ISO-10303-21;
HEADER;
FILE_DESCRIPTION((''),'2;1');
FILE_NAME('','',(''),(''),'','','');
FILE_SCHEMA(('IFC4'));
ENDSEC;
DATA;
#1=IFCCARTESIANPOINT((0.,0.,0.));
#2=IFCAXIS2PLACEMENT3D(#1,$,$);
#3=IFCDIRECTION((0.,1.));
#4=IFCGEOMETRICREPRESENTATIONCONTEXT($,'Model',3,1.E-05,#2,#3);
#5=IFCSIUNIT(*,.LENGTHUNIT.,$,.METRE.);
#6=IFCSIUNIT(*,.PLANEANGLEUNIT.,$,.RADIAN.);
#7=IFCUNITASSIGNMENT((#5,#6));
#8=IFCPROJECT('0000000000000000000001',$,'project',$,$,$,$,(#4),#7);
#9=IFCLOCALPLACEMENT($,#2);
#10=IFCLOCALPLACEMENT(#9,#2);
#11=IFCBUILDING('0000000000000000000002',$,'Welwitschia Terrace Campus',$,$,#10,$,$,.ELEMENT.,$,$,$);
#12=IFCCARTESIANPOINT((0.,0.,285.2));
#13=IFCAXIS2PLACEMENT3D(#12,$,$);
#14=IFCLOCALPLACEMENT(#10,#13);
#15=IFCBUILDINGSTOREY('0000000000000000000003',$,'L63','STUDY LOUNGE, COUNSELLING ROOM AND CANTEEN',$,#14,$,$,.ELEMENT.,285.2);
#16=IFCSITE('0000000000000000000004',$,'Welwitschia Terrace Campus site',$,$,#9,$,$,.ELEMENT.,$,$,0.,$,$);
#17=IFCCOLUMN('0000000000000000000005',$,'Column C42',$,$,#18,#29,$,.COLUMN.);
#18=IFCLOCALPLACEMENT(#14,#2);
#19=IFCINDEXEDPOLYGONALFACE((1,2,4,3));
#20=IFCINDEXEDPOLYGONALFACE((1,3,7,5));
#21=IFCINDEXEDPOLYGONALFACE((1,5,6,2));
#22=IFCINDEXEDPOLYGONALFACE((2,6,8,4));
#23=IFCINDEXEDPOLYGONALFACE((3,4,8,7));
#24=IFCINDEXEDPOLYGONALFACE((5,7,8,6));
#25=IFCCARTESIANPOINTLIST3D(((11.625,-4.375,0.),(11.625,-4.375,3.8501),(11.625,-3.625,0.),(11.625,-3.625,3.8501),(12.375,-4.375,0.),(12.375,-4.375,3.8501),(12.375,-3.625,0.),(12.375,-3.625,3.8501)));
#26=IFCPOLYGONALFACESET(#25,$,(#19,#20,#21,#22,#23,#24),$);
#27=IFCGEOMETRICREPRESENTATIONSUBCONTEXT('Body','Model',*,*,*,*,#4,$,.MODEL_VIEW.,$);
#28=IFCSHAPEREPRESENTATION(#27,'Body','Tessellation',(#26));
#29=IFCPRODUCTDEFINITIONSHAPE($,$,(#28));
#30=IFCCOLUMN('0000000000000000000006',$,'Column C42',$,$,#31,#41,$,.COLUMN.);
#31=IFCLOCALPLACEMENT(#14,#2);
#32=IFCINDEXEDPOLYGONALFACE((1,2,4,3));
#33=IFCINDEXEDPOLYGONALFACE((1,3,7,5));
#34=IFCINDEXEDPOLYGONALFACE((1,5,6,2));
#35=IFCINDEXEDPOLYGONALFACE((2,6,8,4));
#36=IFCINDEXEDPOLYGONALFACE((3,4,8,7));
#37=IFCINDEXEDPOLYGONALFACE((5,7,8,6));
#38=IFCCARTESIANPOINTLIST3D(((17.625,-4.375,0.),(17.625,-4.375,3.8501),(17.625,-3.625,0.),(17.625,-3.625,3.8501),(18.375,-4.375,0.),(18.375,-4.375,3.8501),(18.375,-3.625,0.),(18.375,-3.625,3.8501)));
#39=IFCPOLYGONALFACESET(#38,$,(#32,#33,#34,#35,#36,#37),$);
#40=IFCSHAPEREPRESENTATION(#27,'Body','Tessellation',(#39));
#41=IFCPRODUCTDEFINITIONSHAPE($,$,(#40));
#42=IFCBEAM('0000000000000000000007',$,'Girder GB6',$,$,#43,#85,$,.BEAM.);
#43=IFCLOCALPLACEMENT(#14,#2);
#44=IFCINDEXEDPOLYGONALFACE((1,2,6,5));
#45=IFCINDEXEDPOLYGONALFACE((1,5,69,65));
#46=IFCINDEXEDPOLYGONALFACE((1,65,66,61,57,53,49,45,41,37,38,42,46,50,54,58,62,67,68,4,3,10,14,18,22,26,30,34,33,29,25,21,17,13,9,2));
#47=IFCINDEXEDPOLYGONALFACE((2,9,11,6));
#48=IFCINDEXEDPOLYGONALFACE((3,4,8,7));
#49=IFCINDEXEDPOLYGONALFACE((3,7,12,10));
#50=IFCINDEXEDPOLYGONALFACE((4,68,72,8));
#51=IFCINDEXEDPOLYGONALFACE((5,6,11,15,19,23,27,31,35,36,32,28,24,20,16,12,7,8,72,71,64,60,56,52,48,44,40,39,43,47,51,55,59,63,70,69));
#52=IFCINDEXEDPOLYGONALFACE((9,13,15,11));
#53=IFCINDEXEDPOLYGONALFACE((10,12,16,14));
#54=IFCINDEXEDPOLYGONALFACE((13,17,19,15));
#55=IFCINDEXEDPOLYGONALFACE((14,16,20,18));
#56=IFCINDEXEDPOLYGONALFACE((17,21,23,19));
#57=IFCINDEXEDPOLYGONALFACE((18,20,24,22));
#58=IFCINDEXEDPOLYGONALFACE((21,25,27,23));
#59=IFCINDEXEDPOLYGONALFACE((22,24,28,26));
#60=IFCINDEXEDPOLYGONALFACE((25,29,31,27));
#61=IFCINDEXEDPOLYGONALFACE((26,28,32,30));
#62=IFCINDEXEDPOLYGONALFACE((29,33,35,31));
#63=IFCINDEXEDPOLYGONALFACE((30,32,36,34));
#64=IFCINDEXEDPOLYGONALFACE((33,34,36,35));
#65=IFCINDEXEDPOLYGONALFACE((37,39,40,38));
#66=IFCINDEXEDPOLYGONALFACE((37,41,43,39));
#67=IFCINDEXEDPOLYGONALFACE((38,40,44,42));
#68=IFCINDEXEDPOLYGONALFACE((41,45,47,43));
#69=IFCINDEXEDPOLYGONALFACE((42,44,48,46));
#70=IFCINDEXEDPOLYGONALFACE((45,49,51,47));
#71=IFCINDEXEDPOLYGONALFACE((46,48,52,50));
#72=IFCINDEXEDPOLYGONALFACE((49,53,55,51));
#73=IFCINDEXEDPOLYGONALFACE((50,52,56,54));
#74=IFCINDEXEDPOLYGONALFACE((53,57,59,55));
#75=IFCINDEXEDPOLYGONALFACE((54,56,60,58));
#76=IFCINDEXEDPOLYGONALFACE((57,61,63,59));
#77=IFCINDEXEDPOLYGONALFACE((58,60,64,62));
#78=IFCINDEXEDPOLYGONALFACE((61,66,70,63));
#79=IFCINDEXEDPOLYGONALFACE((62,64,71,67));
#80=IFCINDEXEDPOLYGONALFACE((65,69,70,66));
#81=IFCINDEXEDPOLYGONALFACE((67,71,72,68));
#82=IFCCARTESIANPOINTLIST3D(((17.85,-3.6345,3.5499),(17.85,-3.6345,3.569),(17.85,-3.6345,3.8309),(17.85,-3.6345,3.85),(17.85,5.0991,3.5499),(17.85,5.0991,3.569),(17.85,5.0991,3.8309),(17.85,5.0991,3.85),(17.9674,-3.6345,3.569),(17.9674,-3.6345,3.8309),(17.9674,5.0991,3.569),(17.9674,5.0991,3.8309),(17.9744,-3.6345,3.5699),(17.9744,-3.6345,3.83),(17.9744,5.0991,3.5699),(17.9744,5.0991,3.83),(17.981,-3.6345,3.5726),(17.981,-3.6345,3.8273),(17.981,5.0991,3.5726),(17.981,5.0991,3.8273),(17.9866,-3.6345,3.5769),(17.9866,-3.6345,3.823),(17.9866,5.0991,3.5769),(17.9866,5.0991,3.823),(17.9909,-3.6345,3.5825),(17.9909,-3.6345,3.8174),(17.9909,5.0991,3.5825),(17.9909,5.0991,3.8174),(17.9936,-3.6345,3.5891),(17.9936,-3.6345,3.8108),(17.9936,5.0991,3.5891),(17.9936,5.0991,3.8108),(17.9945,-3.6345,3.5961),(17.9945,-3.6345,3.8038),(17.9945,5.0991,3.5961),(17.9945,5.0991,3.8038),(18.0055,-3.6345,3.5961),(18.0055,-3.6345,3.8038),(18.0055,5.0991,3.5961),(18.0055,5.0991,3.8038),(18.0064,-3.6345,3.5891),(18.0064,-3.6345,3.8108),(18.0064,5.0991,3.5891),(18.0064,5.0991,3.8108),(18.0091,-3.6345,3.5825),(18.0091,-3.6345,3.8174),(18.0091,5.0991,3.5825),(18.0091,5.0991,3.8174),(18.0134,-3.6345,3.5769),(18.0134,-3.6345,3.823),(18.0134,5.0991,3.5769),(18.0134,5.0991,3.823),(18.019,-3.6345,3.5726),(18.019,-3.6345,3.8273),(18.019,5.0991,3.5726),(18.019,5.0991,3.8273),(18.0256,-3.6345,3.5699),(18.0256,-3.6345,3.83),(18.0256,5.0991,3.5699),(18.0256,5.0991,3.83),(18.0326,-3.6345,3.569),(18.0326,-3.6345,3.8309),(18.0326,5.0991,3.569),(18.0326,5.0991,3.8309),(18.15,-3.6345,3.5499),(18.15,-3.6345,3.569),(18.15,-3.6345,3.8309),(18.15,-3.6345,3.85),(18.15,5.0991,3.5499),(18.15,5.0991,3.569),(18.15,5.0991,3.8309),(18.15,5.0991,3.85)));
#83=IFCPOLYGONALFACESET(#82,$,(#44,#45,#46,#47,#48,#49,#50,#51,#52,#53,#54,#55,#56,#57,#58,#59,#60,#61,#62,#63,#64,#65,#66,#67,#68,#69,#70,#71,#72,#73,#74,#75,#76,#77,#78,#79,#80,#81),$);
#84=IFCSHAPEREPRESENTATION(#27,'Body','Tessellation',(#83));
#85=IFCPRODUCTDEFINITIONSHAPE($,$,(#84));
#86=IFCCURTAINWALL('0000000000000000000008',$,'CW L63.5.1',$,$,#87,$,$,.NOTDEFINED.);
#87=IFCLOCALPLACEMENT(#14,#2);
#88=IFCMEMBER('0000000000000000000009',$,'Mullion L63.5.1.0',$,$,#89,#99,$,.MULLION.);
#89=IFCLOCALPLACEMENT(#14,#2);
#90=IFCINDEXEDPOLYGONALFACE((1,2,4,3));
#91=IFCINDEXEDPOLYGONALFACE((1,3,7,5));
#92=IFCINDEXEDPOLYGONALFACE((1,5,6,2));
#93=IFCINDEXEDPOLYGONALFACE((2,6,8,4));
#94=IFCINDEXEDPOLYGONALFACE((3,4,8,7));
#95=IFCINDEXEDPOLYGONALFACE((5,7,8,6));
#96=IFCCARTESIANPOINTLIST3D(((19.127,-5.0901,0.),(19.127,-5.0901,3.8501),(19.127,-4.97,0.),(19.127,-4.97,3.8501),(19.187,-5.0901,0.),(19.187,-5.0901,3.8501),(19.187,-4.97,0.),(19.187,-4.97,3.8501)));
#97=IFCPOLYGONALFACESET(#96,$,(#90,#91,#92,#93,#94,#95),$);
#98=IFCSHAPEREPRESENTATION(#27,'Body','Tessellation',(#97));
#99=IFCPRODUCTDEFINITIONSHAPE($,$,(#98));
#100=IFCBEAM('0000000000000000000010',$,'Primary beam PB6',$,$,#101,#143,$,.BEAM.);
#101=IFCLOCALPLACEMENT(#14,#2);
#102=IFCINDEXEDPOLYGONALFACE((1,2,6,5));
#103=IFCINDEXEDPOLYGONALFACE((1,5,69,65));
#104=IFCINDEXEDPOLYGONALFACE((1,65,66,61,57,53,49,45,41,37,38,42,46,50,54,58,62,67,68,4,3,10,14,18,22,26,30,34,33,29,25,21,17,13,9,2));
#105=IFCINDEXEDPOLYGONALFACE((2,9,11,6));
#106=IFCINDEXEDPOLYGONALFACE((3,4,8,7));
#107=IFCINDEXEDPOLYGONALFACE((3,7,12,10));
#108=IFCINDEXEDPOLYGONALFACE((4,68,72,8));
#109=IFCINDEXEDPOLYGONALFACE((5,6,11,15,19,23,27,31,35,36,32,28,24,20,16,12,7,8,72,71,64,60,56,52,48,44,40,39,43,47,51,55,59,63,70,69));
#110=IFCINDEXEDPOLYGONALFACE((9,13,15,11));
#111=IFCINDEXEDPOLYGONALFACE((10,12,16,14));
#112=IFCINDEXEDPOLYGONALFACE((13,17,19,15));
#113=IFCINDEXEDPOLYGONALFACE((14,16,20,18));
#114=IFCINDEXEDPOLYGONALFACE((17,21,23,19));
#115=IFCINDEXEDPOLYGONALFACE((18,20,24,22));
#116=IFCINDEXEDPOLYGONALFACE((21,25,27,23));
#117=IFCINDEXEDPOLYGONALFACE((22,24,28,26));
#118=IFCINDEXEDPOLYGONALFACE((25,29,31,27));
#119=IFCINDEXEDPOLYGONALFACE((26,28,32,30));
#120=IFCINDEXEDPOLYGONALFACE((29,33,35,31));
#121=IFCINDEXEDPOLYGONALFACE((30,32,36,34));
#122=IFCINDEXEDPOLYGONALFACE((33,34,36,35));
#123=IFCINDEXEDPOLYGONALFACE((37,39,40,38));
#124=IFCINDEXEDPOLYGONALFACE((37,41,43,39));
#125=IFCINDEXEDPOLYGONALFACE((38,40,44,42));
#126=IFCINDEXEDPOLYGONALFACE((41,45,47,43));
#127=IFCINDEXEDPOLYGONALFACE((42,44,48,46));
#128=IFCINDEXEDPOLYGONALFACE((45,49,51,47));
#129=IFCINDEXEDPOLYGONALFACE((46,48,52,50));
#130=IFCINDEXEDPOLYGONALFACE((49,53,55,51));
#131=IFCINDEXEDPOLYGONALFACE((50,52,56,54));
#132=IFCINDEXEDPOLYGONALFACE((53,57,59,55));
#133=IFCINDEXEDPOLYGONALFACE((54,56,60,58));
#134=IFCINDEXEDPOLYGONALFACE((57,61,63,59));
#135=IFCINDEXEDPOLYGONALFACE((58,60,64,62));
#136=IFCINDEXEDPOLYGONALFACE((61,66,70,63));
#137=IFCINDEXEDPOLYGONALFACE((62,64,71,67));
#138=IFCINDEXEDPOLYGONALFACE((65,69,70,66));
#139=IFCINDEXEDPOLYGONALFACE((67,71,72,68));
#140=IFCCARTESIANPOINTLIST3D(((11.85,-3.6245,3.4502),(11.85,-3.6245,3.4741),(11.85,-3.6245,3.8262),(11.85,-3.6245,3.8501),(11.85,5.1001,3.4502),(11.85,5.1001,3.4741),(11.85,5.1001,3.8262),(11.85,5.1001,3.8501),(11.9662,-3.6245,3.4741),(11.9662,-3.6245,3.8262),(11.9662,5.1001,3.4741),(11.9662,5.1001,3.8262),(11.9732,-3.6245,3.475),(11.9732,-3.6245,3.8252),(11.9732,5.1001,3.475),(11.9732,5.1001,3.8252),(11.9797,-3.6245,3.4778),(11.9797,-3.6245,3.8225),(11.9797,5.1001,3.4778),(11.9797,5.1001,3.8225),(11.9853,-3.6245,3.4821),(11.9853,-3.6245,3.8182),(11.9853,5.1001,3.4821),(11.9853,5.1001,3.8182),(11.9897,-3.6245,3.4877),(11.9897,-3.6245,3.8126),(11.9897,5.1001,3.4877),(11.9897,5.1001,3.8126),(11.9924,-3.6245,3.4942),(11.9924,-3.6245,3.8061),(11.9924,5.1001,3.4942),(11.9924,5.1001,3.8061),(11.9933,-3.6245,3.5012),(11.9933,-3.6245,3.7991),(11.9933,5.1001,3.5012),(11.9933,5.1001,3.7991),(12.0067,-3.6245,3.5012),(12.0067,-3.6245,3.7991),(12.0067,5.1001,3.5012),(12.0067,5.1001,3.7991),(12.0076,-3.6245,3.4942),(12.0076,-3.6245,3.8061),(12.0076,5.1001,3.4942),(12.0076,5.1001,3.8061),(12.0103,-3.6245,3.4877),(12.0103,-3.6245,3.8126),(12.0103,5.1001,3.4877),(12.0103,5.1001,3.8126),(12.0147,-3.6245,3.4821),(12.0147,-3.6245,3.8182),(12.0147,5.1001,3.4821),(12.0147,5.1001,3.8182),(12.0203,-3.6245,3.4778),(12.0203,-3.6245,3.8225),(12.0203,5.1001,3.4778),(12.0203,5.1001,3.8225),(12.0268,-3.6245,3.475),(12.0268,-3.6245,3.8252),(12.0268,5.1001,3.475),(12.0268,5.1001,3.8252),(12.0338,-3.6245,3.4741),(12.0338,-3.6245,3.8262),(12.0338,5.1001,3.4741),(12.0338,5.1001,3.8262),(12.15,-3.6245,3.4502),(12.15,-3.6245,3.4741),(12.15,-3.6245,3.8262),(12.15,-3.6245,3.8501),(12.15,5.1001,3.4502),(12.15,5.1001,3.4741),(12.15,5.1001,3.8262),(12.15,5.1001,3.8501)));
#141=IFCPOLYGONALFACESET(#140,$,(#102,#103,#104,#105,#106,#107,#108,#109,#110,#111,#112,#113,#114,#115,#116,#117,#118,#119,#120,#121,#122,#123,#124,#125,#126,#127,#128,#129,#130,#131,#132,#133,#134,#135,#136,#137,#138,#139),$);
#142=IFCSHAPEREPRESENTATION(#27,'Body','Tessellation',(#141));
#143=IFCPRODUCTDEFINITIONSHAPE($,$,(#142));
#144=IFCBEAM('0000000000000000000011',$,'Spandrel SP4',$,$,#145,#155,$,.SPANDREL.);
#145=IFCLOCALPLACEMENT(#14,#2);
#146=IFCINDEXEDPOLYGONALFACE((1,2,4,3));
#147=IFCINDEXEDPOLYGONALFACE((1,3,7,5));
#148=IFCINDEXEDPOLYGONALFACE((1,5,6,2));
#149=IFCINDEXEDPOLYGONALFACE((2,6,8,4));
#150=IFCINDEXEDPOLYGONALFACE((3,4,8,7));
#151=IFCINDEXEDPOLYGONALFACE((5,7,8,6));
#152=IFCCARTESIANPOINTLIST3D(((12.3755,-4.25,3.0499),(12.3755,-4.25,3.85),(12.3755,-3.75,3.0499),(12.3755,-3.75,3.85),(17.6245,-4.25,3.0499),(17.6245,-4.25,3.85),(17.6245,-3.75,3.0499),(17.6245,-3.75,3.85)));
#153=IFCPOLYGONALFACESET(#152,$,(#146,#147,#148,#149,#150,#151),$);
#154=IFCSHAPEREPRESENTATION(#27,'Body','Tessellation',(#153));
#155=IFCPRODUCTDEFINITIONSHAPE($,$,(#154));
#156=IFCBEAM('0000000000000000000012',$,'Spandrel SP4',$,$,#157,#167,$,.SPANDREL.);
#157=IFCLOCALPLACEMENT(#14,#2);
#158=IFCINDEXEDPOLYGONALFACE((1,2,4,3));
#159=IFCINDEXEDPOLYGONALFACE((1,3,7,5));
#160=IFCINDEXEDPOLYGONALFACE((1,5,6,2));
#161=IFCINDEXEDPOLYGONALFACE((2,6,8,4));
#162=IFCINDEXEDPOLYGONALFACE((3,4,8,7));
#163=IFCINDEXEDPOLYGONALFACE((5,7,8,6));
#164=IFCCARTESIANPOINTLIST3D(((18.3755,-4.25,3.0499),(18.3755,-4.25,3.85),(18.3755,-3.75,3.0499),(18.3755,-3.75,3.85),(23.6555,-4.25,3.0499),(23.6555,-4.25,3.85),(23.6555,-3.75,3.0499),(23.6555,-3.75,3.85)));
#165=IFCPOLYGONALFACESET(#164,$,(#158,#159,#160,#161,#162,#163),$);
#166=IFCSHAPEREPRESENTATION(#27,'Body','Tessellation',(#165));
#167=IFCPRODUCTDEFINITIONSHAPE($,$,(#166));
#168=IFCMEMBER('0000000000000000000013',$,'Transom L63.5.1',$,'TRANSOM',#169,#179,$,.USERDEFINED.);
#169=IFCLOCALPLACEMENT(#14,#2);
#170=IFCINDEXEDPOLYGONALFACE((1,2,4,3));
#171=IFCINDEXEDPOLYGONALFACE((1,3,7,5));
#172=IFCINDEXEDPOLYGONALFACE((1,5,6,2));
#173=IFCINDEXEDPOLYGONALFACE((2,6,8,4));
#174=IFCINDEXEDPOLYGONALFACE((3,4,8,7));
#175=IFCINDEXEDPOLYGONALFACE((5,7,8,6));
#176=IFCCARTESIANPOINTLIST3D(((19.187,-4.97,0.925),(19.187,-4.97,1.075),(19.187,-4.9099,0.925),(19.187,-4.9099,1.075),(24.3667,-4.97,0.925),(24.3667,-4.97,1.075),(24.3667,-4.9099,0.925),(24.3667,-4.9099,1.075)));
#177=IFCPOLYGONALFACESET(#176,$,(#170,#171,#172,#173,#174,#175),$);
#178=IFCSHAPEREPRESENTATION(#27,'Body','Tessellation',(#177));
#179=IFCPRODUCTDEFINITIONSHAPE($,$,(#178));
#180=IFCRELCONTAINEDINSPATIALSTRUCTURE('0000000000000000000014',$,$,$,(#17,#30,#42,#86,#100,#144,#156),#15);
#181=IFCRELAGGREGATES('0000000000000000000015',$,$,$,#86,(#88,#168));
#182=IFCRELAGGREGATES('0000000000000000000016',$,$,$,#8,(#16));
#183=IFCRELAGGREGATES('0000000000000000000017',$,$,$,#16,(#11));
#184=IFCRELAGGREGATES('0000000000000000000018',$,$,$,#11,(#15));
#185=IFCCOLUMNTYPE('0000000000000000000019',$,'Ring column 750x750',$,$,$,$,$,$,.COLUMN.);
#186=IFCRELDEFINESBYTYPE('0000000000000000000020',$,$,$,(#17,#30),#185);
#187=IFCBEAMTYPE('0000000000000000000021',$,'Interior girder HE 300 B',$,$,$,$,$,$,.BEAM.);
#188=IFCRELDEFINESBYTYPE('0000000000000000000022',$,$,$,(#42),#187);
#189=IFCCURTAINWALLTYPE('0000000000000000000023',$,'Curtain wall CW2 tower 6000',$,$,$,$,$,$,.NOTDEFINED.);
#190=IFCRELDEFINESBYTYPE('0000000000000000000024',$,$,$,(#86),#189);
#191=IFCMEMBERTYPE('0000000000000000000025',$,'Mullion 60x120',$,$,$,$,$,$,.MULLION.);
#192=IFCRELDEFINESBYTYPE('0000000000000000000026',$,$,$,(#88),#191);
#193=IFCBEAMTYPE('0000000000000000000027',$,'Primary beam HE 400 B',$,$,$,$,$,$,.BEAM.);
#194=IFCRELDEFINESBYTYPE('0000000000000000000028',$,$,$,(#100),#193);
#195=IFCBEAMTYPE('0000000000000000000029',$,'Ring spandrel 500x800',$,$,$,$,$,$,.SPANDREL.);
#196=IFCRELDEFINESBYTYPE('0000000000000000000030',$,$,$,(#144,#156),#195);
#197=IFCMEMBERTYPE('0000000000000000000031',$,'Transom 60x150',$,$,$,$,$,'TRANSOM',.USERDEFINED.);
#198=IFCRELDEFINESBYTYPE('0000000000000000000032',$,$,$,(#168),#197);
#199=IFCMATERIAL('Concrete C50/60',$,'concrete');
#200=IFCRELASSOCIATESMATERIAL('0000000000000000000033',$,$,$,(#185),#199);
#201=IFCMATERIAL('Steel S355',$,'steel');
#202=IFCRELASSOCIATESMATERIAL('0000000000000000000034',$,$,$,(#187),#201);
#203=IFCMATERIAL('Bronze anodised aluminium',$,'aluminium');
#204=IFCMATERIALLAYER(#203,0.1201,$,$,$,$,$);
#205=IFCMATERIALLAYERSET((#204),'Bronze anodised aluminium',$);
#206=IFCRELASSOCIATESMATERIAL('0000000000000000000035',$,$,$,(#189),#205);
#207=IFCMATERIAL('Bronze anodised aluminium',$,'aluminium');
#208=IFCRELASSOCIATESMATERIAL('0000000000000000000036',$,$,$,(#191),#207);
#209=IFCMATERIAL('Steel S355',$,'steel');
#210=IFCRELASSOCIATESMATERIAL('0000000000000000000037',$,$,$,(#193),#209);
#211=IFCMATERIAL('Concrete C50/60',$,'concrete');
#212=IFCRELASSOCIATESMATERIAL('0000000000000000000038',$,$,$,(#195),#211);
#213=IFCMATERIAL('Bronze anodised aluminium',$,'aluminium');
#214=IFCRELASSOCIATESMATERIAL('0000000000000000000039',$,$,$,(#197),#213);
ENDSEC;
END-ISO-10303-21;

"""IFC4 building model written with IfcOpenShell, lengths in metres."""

from ifc_helpers import new_model, si_unit, direction, frame, origin, origin_2d, place, context, subcontext, project, spatial, rectangle, i_section, extrude, material, layer, layer_set, material_profile, profile_set, type_object, element, aggregate, save


model = new_model("IFC4")

# Units and contexts
model_context = context("Model", 3, precision=1e-05, world=origin(), true_north=direction((0.0, 1.0)))
body_context = subcontext(model_context, "Body", "Model", "MODEL_VIEW")
ifc_project = project(units=[si_unit("LENGTHUNIT", "METRE"), si_unit("PLANEANGLEUNIT", "RADIAN")], contexts=[model_context])

# Site, building, storey
site_placement = place(None, origin())
site = spatial("IfcSite", under=ifc_project, at=site_placement, Name="Welwitschia Terrace Campus site", CompositionType="ELEMENT", RefElevation=0.0)
building_placement = place(site_placement, origin())
building = spatial("IfcBuilding", under=site, at=building_placement, Name="Welwitschia Terrace Campus", CompositionType="ELEMENT")
storey_placement = place(building_placement, frame((0.0, 0.0, 285.2)))
storey = spatial("IfcBuildingStorey", under=building, at=storey_placement, Name="L63", Description="STUDY LOUNGE, COUNSELLING ROOM AND CANTEEN", CompositionType="ELEMENT", Elevation=285.2)

# Columns
ifc_material_1 = material(Name="Concrete C50/60", Category="concrete")
ifc_material_profile_1 = material_profile(ifc_material_1, rectangle(XDim=0.75, YDim=0.75, at=origin_2d()))
ifc_profile_set_1 = profile_set([ifc_material_profile_1], Name="Concrete C50/60")
column_type = type_object("IfcColumnType", Name="Ring column 750x750", PredefinedType="COLUMN", material=ifc_profile_set_1)
for number, where, z_axis, x_axis, name in (
    (1, (12.0, -4.0, 0.0), (0.0, 0.0, 1.0), (1.0, 0.0, 0.0), "Column C42"),
    (2, (18.0, -4.0, 0.0), (0.0, 0.0, 1.0), (1.0, 0.0, 0.0), "Column C42"),
):
    element("IfcColumn", number, at=place(storey_placement, frame(where, z_axis=z_axis, x_axis=x_axis)), inside=storey, type_object=column_type, Name=name, PredefinedType="COLUMN", context=body_context, shape_type="SweptSolid", body=[
        extrude(rectangle(XDim=0.75, YDim=0.75, at=origin_2d()), origin(), (0.0, 0.0, 1.0), 3.8501),
    ])

# Beam
ifc_material_2 = material(Name="Steel S355", Category="steel")
ifc_material_profile_2 = material_profile(ifc_material_2, i_section(OverallWidth=0.3, OverallDepth=0.3, WebThickness=0.011, FlangeThickness=0.019, FilletRadius=0.0271, at=origin_2d()))
ifc_profile_set_2 = profile_set([ifc_material_profile_2], Name="Steel S355")
beam_type_1 = type_object("IfcBeamType", Name="Interior girder HE 300 B", PredefinedType="BEAM", material=ifc_profile_set_2)
beam_1_placement = place(storey_placement, frame((18.0, -3.6345, 3.7), z_axis=(0.0, 1.0, 0.0), x_axis=(-1.0, 0.0, 0.0)))
element("IfcBeam", 3, at=beam_1_placement, inside=storey, type_object=beam_type_1, Name="Girder GB6", PredefinedType="BEAM", context=body_context, shape_type="SweptSolid", body=[
    extrude(i_section(OverallWidth=0.3, OverallDepth=0.3, WebThickness=0.011, FlangeThickness=0.019, FilletRadius=0.0271, at=origin_2d()), origin(), (0.0, 0.0, 1.0), 8.7336),
])

# Curtain wall, member
ifc_material_3 = material(Name="Bronze anodised aluminium", Category="aluminium")
ifc_layer_1 = layer(ifc_material_3, 0.1201)
ifc_layer_set_1 = layer_set([ifc_layer_1], Name="Bronze anodised aluminium")
curtain_wall_type = type_object("IfcCurtainWallType", Name="Curtain wall CW2 tower 6000", PredefinedType="NOTDEFINED", material=ifc_layer_set_1)
curtain_wall_placement = place(storey_placement, origin())
curtain_wall = element("IfcCurtainWall", 4, at=curtain_wall_placement, inside=storey, type_object=curtain_wall_type, Name="CW L63.5.1", PredefinedType="NOTDEFINED")
ifc_material_4 = material(Name="Bronze anodised aluminium", Category="aluminium")
ifc_material_profile_3 = material_profile(ifc_material_4, rectangle(XDim=0.1201, YDim=0.0601, at=origin_2d()))
ifc_profile_set_3 = profile_set([ifc_material_profile_3], Name="Bronze anodised aluminium")
member_type_1 = type_object("IfcMemberType", Name="Mullion 60x120", PredefinedType="MULLION", material=ifc_profile_set_3)
member_1_placement = place(storey_placement, frame((19.157, -5.03, 0.0), z_axis=(0.0, 0.0, 1.0), x_axis=(0.0, 1.0, 0.0)))
member_1 = element("IfcMember", 5, at=member_1_placement, type_object=member_type_1, Name="Mullion L63.5.1.0", PredefinedType="MULLION", context=body_context, shape_type="SweptSolid", body=[
    extrude(rectangle(XDim=0.1201, YDim=0.0601, at=origin_2d()), origin(), (0.0, 0.0, 1.0), 3.8501),
])

# Beams
ifc_material_5 = material(Name="Steel S355", Category="steel")
ifc_material_profile_4 = material_profile(ifc_material_5, i_section(OverallWidth=0.3, OverallDepth=0.3999, WebThickness=0.0134, FlangeThickness=0.0239, FilletRadius=0.0271, at=origin_2d()))
ifc_profile_set_4 = profile_set([ifc_material_profile_4], Name="Steel S355")
beam_type_2 = type_object("IfcBeamType", Name="Primary beam HE 400 B", PredefinedType="BEAM", material=ifc_profile_set_4)
beam_2_placement = place(storey_placement, frame((12.0, -3.6245, 3.6501), z_axis=(0.0, 1.0, 0.0), x_axis=(-1.0, 0.0, 0.0)))
element("IfcBeam", 6, at=beam_2_placement, inside=storey, type_object=beam_type_2, Name="Primary beam PB6", PredefinedType="BEAM", context=body_context, shape_type="SweptSolid", body=[
    extrude(i_section(OverallWidth=0.3, OverallDepth=0.3999, WebThickness=0.0134, FlangeThickness=0.0239, FilletRadius=0.0271, at=origin_2d()), origin(), (0.0, 0.0, 1.0), 8.7246),
])
ifc_material_6 = material(Name="Concrete C50/60", Category="concrete")
ifc_material_profile_5 = material_profile(ifc_material_6, rectangle(XDim=0.5, YDim=0.8, at=origin_2d()))
ifc_profile_set_5 = profile_set([ifc_material_profile_5], Name="Concrete C50/60")
beam_type_3 = type_object("IfcBeamType", Name="Ring spandrel 500x800", PredefinedType="SPANDREL", material=ifc_profile_set_5)
beam_3_placement = place(storey_placement, frame((12.3755, -4.0, 3.45), z_axis=(1.0, 0.0, 0.0), x_axis=(0.0, 1.0, 0.0)))
element("IfcBeam", 7, at=beam_3_placement, inside=storey, type_object=beam_type_3, Name="Spandrel SP4", PredefinedType="SPANDREL", context=body_context, shape_type="SweptSolid", body=[
    extrude(rectangle(XDim=0.5, YDim=0.8, at=origin_2d()), origin(), (0.0, 0.0, 1.0), 5.249),
])
beam_4_placement = place(storey_placement, frame((18.3755, -4.0, 3.45), z_axis=(1.0, 0.0, 0.0), x_axis=(0.0, 1.0, 0.0)))
element("IfcBeam", 8, at=beam_4_placement, inside=storey, type_object=beam_type_3, Name="Spandrel SP4", PredefinedType="SPANDREL", context=body_context, shape_type="SweptSolid", body=[
    extrude(rectangle(XDim=0.5, YDim=0.8, at=origin_2d()), origin(), (0.0, 0.0, 1.0), 5.28),
])

# Member
ifc_material_7 = material(Name="Bronze anodised aluminium", Category="aluminium")
ifc_material_profile_6 = material_profile(ifc_material_7, rectangle(XDim=0.0601, YDim=0.1499, at=origin_2d()))
ifc_profile_set_6 = profile_set([ifc_material_profile_6], Name="Bronze anodised aluminium")
member_type_2 = type_object("IfcMemberType", Name="Transom 60x150", ElementType="TRANSOM", PredefinedType="USERDEFINED", material=ifc_profile_set_6)
member_2_placement = place(storey_placement, frame((19.187, -4.9399, 1.0), z_axis=(1.0, 0.0, 0.0), x_axis=(0.0, 1.0, 0.0)))
member_2 = element("IfcMember", 9, at=member_2_placement, type_object=member_type_2, Name="Transom L63.5.1", ObjectType="TRANSOM", PredefinedType="USERDEFINED", context=body_context, shape_type="SweptSolid", body=[
    extrude(rectangle(XDim=0.0601, YDim=0.1499, at=origin_2d()), origin(), (0.0, 0.0, 1.0), 5.1797),
])

aggregate(curtain_wall, [member_1, member_2])

save(model, "model.ifc")
